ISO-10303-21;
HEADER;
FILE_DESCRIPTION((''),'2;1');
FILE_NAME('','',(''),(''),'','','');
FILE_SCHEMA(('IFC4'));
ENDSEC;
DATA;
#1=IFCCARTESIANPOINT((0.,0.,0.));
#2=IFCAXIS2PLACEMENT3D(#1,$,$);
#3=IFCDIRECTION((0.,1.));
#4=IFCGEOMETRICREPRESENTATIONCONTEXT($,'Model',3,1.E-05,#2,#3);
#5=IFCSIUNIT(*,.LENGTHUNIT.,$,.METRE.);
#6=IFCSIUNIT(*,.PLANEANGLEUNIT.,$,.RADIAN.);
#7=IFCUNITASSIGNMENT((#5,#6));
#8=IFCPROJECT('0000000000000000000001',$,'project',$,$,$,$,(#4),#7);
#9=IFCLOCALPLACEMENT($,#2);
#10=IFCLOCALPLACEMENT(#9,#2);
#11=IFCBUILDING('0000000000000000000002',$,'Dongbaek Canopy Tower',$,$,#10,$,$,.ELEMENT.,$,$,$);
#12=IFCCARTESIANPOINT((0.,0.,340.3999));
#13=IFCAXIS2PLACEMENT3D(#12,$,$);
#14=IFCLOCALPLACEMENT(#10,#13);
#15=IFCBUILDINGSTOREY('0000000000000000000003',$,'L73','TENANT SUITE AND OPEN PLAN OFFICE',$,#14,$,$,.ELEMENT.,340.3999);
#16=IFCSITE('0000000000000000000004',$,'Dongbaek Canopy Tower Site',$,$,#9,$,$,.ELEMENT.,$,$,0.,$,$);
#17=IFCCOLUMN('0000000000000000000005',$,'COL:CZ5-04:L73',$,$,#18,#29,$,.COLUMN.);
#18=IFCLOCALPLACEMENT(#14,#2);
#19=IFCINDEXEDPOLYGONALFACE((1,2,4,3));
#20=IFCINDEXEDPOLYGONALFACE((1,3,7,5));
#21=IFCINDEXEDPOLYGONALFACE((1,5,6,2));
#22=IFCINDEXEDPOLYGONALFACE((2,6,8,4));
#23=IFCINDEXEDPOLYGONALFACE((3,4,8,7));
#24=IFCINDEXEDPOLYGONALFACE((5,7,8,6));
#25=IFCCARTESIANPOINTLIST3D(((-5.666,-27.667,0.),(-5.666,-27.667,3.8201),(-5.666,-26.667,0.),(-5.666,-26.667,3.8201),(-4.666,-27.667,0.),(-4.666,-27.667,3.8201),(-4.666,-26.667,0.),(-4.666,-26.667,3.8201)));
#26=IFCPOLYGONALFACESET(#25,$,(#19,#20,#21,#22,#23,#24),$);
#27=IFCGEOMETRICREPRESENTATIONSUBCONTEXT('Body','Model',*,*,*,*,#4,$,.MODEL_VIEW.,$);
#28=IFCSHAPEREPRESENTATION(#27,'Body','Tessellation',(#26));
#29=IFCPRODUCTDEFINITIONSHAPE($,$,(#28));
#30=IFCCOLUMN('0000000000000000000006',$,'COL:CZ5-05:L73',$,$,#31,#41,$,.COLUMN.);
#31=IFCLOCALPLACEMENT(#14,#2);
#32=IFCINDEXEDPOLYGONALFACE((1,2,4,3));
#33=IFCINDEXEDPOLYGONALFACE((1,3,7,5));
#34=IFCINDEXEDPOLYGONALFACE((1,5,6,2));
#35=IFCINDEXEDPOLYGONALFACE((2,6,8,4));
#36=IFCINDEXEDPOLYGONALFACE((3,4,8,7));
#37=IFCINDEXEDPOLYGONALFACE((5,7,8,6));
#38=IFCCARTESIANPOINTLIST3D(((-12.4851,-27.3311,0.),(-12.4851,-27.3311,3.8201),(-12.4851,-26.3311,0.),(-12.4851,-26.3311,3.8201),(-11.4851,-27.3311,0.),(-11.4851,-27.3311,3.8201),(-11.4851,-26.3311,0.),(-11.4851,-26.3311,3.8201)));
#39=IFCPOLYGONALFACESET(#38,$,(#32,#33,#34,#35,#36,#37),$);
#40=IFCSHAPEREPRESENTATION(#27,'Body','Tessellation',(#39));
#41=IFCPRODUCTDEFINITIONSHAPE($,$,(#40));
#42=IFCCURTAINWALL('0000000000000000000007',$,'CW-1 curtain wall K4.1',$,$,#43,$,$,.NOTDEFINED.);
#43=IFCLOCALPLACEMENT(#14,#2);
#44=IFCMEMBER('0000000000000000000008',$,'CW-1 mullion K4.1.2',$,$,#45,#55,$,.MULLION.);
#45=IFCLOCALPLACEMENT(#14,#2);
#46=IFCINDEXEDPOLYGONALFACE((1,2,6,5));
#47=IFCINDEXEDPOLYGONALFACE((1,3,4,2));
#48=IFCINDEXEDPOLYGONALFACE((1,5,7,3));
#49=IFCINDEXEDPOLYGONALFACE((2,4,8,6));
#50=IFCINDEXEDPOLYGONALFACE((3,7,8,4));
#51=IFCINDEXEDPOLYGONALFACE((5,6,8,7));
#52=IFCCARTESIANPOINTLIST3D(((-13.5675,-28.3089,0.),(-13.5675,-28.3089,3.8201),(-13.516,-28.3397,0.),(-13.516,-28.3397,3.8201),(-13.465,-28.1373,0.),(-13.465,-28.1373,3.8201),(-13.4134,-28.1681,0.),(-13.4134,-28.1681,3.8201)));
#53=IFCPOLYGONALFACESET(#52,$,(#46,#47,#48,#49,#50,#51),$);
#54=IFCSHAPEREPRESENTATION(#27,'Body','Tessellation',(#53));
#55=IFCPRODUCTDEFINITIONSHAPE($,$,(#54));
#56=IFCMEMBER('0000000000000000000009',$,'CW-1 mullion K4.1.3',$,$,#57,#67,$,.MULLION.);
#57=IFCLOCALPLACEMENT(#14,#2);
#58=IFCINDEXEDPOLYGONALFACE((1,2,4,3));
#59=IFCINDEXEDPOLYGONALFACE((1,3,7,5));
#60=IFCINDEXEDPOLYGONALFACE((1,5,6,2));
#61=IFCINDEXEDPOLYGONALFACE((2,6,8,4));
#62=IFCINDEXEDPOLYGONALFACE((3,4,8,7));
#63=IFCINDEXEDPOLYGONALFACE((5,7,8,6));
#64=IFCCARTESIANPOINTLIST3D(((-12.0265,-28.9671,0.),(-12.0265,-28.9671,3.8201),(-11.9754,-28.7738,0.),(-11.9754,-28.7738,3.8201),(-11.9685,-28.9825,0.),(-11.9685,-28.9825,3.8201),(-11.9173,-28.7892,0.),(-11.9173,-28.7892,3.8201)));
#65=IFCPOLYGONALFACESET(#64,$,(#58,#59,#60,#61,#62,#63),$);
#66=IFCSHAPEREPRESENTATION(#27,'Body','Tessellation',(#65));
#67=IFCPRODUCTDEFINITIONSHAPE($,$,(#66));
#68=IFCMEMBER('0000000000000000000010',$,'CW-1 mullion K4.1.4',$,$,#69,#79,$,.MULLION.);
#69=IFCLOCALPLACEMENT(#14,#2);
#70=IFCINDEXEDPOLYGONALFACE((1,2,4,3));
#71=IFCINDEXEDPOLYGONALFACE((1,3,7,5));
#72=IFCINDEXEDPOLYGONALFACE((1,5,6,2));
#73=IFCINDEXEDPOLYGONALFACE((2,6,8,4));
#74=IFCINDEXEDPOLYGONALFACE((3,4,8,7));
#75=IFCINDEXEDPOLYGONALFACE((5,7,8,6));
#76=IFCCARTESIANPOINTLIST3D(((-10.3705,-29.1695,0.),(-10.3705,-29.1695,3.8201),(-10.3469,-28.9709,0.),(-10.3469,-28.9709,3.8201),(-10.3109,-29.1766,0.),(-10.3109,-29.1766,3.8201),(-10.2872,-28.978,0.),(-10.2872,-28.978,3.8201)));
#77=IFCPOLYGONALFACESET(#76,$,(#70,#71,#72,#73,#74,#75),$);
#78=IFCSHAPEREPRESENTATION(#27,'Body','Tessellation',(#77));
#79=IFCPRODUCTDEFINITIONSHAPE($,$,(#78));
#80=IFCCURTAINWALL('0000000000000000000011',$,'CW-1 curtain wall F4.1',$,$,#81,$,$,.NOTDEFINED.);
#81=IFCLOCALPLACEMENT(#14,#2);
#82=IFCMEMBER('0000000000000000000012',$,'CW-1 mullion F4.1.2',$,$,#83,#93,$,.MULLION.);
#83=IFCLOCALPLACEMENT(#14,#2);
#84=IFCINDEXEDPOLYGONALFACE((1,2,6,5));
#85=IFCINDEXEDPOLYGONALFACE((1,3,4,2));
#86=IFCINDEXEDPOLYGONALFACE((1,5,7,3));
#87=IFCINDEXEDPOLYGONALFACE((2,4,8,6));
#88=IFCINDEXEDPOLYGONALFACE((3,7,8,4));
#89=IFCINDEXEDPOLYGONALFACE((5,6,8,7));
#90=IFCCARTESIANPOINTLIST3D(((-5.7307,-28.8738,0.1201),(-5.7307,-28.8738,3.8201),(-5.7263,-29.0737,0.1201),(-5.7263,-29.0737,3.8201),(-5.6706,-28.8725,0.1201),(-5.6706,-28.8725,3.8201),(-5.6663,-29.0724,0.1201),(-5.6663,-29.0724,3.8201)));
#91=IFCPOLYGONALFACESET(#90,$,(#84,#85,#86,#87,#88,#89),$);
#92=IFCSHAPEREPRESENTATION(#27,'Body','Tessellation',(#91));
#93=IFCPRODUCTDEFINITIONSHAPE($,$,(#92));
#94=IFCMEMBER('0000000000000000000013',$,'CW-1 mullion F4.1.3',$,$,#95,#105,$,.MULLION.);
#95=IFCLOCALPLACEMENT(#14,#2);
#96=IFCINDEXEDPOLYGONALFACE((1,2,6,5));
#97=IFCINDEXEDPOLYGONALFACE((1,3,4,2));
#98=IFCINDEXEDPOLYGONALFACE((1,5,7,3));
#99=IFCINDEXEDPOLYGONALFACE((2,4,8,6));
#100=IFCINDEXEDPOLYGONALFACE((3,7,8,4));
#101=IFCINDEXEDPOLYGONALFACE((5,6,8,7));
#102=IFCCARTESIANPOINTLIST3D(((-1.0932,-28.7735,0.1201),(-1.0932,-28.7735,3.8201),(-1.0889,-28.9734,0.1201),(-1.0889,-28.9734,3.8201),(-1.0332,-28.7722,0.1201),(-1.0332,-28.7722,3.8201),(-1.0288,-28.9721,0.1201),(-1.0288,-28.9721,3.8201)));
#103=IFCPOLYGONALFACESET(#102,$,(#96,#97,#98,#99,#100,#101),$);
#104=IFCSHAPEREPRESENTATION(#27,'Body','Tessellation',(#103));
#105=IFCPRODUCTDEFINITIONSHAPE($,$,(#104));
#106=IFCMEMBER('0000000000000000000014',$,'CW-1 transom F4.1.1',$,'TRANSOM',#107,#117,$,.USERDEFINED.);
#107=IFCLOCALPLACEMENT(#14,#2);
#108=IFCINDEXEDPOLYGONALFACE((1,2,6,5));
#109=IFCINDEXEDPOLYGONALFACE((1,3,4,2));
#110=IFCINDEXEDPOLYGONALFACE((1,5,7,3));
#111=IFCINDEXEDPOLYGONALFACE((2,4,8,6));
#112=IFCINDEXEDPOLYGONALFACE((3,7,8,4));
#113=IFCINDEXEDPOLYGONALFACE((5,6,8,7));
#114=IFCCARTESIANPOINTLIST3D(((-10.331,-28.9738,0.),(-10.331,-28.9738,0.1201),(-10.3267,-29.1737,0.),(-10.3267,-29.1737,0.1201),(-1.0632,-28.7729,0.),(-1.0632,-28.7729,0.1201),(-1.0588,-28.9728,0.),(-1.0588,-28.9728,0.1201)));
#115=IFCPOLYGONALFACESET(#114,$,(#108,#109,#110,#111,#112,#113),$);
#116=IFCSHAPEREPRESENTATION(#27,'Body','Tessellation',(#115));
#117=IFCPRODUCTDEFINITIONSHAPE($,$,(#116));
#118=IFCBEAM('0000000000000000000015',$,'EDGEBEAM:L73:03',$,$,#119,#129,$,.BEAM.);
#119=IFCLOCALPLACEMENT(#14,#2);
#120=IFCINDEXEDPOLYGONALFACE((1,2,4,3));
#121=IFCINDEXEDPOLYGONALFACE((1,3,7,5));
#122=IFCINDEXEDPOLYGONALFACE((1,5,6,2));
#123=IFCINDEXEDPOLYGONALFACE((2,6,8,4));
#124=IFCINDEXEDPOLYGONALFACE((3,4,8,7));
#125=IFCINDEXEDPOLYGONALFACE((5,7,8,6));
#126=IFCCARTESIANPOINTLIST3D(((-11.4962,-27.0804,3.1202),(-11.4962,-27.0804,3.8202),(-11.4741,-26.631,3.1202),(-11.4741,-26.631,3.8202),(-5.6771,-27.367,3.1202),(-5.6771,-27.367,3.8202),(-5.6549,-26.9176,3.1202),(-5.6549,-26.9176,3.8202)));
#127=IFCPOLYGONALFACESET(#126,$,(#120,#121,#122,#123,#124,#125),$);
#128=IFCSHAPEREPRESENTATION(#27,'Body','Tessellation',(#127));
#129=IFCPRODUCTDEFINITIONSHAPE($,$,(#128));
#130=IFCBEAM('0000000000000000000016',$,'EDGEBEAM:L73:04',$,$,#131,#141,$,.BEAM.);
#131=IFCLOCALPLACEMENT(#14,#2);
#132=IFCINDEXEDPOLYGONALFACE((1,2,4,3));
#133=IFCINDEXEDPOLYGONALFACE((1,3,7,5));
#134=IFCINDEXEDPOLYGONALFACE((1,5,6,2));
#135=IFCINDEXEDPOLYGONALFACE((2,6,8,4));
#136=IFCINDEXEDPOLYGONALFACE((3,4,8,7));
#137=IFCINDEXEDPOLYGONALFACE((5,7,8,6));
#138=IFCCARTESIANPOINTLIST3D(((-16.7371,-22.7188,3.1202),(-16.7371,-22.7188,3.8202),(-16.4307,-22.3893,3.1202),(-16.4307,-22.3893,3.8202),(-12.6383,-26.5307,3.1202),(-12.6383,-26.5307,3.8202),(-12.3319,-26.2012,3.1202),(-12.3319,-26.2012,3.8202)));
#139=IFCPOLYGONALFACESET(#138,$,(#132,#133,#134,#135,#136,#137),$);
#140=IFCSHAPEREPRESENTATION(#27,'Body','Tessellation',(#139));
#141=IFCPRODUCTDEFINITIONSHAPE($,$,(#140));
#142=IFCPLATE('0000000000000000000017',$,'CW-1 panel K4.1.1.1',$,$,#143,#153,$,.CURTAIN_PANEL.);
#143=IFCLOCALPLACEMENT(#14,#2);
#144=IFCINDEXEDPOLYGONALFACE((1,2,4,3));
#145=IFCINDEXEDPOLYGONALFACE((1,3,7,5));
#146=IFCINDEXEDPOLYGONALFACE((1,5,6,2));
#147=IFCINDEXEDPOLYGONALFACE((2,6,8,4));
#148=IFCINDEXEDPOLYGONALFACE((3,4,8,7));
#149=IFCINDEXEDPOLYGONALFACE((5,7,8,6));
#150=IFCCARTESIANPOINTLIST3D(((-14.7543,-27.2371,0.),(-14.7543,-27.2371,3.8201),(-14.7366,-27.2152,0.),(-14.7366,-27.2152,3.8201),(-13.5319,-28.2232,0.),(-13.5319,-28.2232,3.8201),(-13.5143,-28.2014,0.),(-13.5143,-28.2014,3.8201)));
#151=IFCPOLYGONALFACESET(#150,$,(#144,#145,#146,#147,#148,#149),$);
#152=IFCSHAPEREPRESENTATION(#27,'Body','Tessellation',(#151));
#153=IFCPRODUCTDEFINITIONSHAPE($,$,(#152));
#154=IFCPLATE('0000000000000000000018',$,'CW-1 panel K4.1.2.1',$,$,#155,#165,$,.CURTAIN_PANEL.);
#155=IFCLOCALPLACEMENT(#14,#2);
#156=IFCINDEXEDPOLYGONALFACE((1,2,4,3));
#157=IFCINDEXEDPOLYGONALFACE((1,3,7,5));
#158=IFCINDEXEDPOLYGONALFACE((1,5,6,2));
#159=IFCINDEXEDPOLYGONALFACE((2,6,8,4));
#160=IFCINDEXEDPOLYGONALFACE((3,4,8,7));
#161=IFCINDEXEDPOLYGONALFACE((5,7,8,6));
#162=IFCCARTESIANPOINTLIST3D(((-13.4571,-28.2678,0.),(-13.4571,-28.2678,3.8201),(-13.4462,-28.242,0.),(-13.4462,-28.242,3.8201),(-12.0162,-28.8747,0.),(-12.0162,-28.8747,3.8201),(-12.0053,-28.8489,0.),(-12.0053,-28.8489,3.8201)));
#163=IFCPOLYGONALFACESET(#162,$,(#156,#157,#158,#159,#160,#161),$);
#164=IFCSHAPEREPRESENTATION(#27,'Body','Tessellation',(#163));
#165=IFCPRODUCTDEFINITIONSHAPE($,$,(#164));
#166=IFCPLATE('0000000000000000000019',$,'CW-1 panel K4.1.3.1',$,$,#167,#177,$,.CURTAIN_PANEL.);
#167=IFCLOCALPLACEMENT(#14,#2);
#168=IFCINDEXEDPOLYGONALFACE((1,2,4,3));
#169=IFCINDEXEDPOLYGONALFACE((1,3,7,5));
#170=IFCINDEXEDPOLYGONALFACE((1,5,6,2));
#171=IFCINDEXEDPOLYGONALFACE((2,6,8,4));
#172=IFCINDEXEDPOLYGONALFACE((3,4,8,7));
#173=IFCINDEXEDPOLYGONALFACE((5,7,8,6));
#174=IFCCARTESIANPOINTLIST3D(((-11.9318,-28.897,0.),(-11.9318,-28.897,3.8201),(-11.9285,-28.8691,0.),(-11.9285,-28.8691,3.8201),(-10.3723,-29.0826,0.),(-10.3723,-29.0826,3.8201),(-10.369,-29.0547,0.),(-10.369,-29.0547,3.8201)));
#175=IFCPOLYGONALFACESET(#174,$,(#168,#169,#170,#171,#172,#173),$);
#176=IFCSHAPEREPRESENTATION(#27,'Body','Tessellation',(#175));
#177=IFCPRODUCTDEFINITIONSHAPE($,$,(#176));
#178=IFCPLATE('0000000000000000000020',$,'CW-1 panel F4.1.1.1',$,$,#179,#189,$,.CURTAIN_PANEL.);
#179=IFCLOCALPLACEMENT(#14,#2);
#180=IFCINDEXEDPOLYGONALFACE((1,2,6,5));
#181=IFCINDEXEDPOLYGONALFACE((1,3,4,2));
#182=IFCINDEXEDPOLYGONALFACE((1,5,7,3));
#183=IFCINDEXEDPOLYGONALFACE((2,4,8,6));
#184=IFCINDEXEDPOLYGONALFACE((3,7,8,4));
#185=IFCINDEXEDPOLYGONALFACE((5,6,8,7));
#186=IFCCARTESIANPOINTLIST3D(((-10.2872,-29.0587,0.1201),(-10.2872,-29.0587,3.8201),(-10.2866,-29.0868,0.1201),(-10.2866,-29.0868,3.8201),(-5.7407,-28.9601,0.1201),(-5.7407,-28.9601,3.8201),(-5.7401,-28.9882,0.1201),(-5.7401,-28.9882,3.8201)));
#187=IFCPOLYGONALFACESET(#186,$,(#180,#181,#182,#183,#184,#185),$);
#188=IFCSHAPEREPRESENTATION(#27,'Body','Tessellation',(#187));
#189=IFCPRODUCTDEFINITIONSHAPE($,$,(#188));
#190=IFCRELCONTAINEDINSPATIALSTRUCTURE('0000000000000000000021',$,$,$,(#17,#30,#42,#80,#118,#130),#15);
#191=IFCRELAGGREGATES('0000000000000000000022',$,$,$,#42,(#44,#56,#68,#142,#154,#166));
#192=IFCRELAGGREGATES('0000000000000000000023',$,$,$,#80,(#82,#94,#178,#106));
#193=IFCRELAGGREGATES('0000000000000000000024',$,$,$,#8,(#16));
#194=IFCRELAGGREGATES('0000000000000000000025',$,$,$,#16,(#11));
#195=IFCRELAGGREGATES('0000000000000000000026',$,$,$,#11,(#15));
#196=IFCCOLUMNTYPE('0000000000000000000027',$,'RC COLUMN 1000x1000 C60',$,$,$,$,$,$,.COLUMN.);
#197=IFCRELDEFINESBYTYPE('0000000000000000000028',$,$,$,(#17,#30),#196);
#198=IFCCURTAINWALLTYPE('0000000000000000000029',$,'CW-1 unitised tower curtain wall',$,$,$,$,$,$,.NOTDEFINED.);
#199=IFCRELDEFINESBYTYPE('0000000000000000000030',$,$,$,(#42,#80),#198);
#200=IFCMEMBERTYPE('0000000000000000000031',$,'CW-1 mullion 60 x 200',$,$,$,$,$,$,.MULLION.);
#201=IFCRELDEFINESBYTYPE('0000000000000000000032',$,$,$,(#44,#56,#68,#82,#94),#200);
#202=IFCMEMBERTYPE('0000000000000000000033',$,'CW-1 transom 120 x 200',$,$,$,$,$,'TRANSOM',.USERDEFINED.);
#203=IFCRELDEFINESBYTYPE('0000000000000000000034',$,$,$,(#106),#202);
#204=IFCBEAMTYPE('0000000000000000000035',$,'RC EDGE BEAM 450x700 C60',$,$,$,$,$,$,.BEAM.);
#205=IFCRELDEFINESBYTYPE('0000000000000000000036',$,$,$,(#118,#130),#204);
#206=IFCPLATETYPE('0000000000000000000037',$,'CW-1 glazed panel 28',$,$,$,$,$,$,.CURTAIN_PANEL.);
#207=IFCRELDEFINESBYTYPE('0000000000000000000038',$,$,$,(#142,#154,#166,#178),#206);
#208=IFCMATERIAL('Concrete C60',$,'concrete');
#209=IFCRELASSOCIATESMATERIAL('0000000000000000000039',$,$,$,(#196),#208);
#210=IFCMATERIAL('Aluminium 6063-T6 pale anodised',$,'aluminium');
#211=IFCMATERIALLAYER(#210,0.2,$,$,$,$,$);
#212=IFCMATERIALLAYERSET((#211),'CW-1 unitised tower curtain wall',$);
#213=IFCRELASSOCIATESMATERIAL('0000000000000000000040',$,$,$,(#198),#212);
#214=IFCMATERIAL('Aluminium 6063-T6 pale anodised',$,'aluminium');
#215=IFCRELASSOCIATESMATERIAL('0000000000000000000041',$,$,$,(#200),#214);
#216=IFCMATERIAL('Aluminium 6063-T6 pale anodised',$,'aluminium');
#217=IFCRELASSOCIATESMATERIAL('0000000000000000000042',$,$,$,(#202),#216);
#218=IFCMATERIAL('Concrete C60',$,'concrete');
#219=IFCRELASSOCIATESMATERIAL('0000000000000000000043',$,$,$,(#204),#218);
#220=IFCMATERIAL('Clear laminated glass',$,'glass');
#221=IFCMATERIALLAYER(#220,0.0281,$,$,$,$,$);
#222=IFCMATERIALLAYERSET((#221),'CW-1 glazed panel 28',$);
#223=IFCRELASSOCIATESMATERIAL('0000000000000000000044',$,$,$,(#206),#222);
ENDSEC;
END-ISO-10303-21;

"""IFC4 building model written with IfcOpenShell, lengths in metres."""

from ifc_helpers import new_model, si_unit, direction, frame, origin, origin_2d, place, context, subcontext, project, spatial, rectangle, extrude, material, layer, layer_set, material_profile, profile_set, type_object, element, aggregate, save


model = new_model("IFC4")

# Units and contexts
model_context = context("Model", 3, precision=1e-05, world=origin(), true_north=direction((0.0, 1.0)))
body_context = subcontext(model_context, "Body", "Model", "MODEL_VIEW")
ifc_project = project(units=[si_unit("LENGTHUNIT", "METRE"), si_unit("PLANEANGLEUNIT", "RADIAN")], contexts=[model_context])

# Site, building, storey
site_placement = place(None, origin())
site = spatial("IfcSite", under=ifc_project, at=site_placement, Name="Dongbaek Canopy Tower Site", CompositionType="ELEMENT", RefElevation=0.0)
building_placement = place(site_placement, origin())
building = spatial("IfcBuilding", under=site, at=building_placement, Name="Dongbaek Canopy Tower", CompositionType="ELEMENT")
storey_placement = place(building_placement, frame((0.0, 0.0, 340.3999)))
storey = spatial("IfcBuildingStorey", under=building, at=storey_placement, Name="L73", Description="TENANT SUITE AND OPEN PLAN OFFICE", CompositionType="ELEMENT", Elevation=340.3999)

# Columns
ifc_material_1 = material(Name="Concrete C60", Category="concrete")
ifc_material_profile_1 = material_profile(ifc_material_1, rectangle(XDim=1.0, YDim=1.0, at=origin_2d()), Name="RC COLUMN 1000x1000 C60")
ifc_profile_set_1 = profile_set([ifc_material_profile_1], Name="Concrete C60")
column_type = type_object("IfcColumnType", Name="RC COLUMN 1000x1000 C60", PredefinedType="COLUMN", material=ifc_profile_set_1)
for number, where, z_axis, x_axis, name in (
    (1, (-5.166, -27.167, 0.0), (0.0, 0.0, 1.0), (1.0, 0.0, 0.0), "COL:CZ5-04:L73"),
    (2, (-11.9851, -26.8311, 0.0), (0.0, 0.0, 1.0), (1.0, 0.0, 0.0), "COL:CZ5-05:L73"),
):
    element("IfcColumn", number, at=place(storey_placement, frame(where, z_axis=z_axis, x_axis=x_axis)), inside=storey, type_object=column_type, Name=name, PredefinedType="COLUMN", context=body_context, shape_type="SweptSolid", body=[
        extrude(rectangle(XDim=1.0, YDim=1.0, at=origin_2d()), origin(), (0.0, 0.0, 1.0), 3.8201),
    ])

# Curtain walls, members
ifc_material_2 = material(Name="Aluminium 6063-T6 pale anodised", Category="aluminium")
ifc_layer_1 = layer(ifc_material_2, 0.2)
ifc_layer_set_1 = layer_set([ifc_layer_1], Name="CW-1 unitised tower curtain wall")
curtain_wall_type = type_object("IfcCurtainWallType", Name="CW-1 unitised tower curtain wall", PredefinedType="NOTDEFINED", material=ifc_layer_set_1)
curtain_wall_1_placement = place(storey_placement, origin())
curtain_wall_1 = element("IfcCurtainWall", 3, at=curtain_wall_1_placement, inside=storey, type_object=curtain_wall_type, Name="CW-1 curtain wall K4.1", PredefinedType="NOTDEFINED")
ifc_material_3 = material(Name="Aluminium 6063-T6 pale anodised", Category="aluminium")
ifc_material_profile_2 = material_profile(ifc_material_3, rectangle(XDim=0.2, YDim=0.0601, at=origin_2d()), Name="CW-1 mullion 60 x 200")
ifc_profile_set_2 = profile_set([ifc_material_profile_2], Name="Aluminium 6063-T6 pale anodised")
member_type_1 = type_object("IfcMemberType", Name="CW-1 mullion 60 x 200", PredefinedType="MULLION", material=ifc_profile_set_2)
member_1_placement = place(storey_placement, frame((-13.4905, -28.2385, 0.0), z_axis=(0.0, 0.0, 1.0), x_axis=(-0.513063, -0.858351, 0.0)))
member_1 = element("IfcMember", 4, at=member_1_placement, type_object=member_type_1, Name="CW-1 mullion K4.1.2", PredefinedType="MULLION", context=body_context, shape_type="SweptSolid", body=[
    extrude(rectangle(XDim=0.2, YDim=0.0601, at=origin_2d()), origin(), (0.0, 0.0, 1.0), 3.8201),
])
member_2_placement = place(storey_placement, frame((-11.9719, -28.8782, 0.0), z_axis=(0.0, 0.0, 1.0), x_axis=(-0.255666, -0.966765, 0.0)))
member_2 = element("IfcMember", 5, at=member_2_placement, type_object=member_type_1, Name="CW-1 mullion K4.1.3", PredefinedType="MULLION", context=body_context, shape_type="SweptSolid", body=[
    extrude(rectangle(XDim=0.2, YDim=0.0601, at=origin_2d()), origin(), (0.0, 0.0, 1.0), 3.8201),
])
member_3_placement = place(storey_placement, frame((-10.3289, -29.0737, 0.0), z_axis=(0.0, 0.0, 1.0), x_axis=(-0.118153, -0.992995, 0.0)))
member_3 = element("IfcMember", 6, at=member_3_placement, type_object=member_type_1, Name="CW-1 mullion K4.1.4", PredefinedType="MULLION", context=body_context, shape_type="SweptSolid", body=[
    extrude(rectangle(XDim=0.2, YDim=0.0601, at=origin_2d()), origin(), (0.0, 0.0, 1.0), 3.8201),
])
curtain_wall_2_placement = place(storey_placement, origin())
curtain_wall_2 = element("IfcCurtainWall", 7, at=curtain_wall_2_placement, inside=storey, type_object=curtain_wall_type, Name="CW-1 curtain wall F4.1", PredefinedType="NOTDEFINED")
member_4_placement = place(storey_placement, frame((-5.6985, -28.9731, 0.1201), z_axis=(0.0, 0.0, 1.0), x_axis=(0.021676, -0.999765, 0.0)))
member_4 = element("IfcMember", 8, at=member_4_placement, type_object=member_type_1, Name="CW-1 mullion F4.1.2", PredefinedType="MULLION", context=body_context, shape_type="SweptSolid", body=[
    extrude(rectangle(XDim=0.2, YDim=0.0601, at=origin_2d()), origin(), (0.0, 0.0, 1.0), 3.7),
])
member_5_placement = place(storey_placement, frame((-1.061, -28.8728, 0.1201), z_axis=(0.0, 0.0, 1.0), x_axis=(0.021676, -0.999765, 0.0)))
member_5 = element("IfcMember", 9, at=member_5_placement, type_object=member_type_1, Name="CW-1 mullion F4.1.3", PredefinedType="MULLION", context=body_context, shape_type="SweptSolid", body=[
    extrude(rectangle(XDim=0.2, YDim=0.0601, at=origin_2d()), origin(), (0.0, 0.0, 1.0), 3.7),
])
ifc_material_4 = material(Name="Aluminium 6063-T6 pale anodised", Category="aluminium")
ifc_material_profile_3 = material_profile(ifc_material_4, rectangle(XDim=0.2, YDim=0.1201, at=origin_2d()), Name="CW-1 transom 120 x 200")
ifc_profile_set_3 = profile_set([ifc_material_profile_3], Name="Aluminium 6063-T6 pale anodised")
member_type_2 = type_object("IfcMemberType", Name="CW-1 transom 120 x 200", ElementType="TRANSOM", PredefinedType="USERDEFINED", material=ifc_profile_set_3)
member_6_placement = place(storey_placement, frame((-10.3289, -29.0737, 0.0601), z_axis=(0.999765, 0.021675, 0.0), x_axis=(-0.021675, 0.999765, 0.0)))
member_6 = element("IfcMember", 10, at=member_6_placement, type_object=member_type_2, Name="CW-1 transom F4.1.1", ObjectType="TRANSOM", PredefinedType="USERDEFINED", context=body_context, shape_type="SweptSolid", body=[
    extrude(rectangle(XDim=0.2, YDim=0.1201, at=origin_2d()), origin(), (0.0, 0.0, 1.0), 9.27),
])

# Beams
ifc_material_5 = material(Name="Concrete C60", Category="concrete")
ifc_material_profile_4 = material_profile(ifc_material_5, rectangle(XDim=0.45, YDim=0.7, at=origin_2d()), Name="RC EDGE BEAM 450x700 C60")
ifc_profile_set_4 = profile_set([ifc_material_profile_4], Name="Concrete C60")
beam_type = type_object("IfcBeamType", Name="RC EDGE BEAM 450x700 C60", PredefinedType="BEAM", material=ifc_profile_set_4)
beam_1_placement = place(storey_placement, frame((-5.666, -27.1423, 3.4702), z_axis=(-0.998789, 0.049196, 0.0), x_axis=(-0.049196, -0.998789, 0.0)))
element("IfcBeam", 11, at=beam_1_placement, inside=storey, type_object=beam_type, Name="EDGEBEAM:L73:03", PredefinedType="BEAM", context=body_context, shape_type="SweptSolid", body=[
    extrude(rectangle(XDim=0.45, YDim=0.7, at=origin_2d()), origin(), (0.0, 0.0, 1.0), 5.8262),
])
beam_2_placement = place(storey_placement, frame((-12.4851, -26.366, 3.4702), z_axis=(-0.732267, 0.681018, 0.0), x_axis=(-0.681018, -0.732267, 0.0)))
element("IfcBeam", 12, at=beam_2_placement, inside=storey, type_object=beam_type, Name="EDGEBEAM:L73:04", PredefinedType="BEAM", context=body_context, shape_type="SweptSolid", body=[
    extrude(rectangle(XDim=0.45, YDim=0.7, at=origin_2d()), origin(), (0.0, 0.0, 1.0), 5.5974),
])

# Plates
ifc_material_6 = material(Name="Clear laminated glass", Category="glass")
ifc_layer_2 = layer(ifc_material_6, 0.0281)
ifc_layer_set_2 = layer_set([ifc_layer_2], Name="CW-1 glazed panel 28")
plate_type = type_object("IfcPlateType", Name="CW-1 glazed panel 28", PredefinedType="CURTAIN_PANEL", material=ifc_layer_set_2)
plate_1_placement = place(storey_placement, frame((-14.1343, -27.7192, 0.0), z_axis=(0.0, 0.0, 1.0), x_axis=(0.778291, -0.627904, 0.0)))
plate_1 = element("IfcPlate", 13, at=plate_1_placement, type_object=plate_type, Name="CW-1 panel K4.1.1.1", PredefinedType="CURTAIN_PANEL", context=body_context, shape_type="SweptSolid", body=[
    extrude(rectangle(XDim=1.5706, YDim=0.0281, at=origin_2d()), origin(), (0.0, 0.0, 1.0), 3.8201),
])
plate_2_placement = place(storey_placement, frame((-12.7312, -28.5583, 0.0), z_axis=(0.0, 0.0, 1.0), x_axis=(0.921589, -0.388168, 0.0)))
plate_2 = element("IfcPlate", 14, at=plate_2_placement, type_object=plate_type, Name="CW-1 panel K4.1.2.1", PredefinedType="CURTAIN_PANEL", context=body_context, shape_type="SweptSolid", body=[
    extrude(rectangle(XDim=1.5635, YDim=0.0281, at=origin_2d()), origin(), (0.0, 0.0, 1.0), 3.8201),
])
plate_3_placement = place(storey_placement, frame((-11.1504, -28.9758, 0.0), z_axis=(0.0, 0.0, 1.0), x_axis=(0.992995, -0.118153, 0.0)))
plate_3 = element("IfcPlate", 15, at=plate_3_placement, type_object=plate_type, Name="CW-1 panel K4.1.3.1", PredefinedType="CURTAIN_PANEL", context=body_context, shape_type="SweptSolid", body=[
    extrude(rectangle(XDim=1.5706, YDim=0.0281, at=origin_2d()), origin(), (0.0, 0.0, 1.0), 3.8201),
])
aggregate(curtain_wall_1, [member_1, member_2, member_3, plate_1, plate_2, plate_3])
plate_4_placement = place(storey_placement, frame((-8.0137, -29.0234, 0.1201), z_axis=(0.0, 0.0, 1.0), x_axis=(0.999765, 0.021676, 0.0)))
plate_4 = element("IfcPlate", 16, at=plate_4_placement, type_object=plate_type, Name="CW-1 panel F4.1.1.1", PredefinedType="CURTAIN_PANEL", context=body_context, shape_type="SweptSolid", body=[
    extrude(rectangle(XDim=4.5476, YDim=0.0281, at=origin_2d()), origin(), (0.0, 0.0, 1.0), 3.7),
])

aggregate(curtain_wall_2, [member_4, member_5, plate_4, member_6])

save(model, "model.ifc")
